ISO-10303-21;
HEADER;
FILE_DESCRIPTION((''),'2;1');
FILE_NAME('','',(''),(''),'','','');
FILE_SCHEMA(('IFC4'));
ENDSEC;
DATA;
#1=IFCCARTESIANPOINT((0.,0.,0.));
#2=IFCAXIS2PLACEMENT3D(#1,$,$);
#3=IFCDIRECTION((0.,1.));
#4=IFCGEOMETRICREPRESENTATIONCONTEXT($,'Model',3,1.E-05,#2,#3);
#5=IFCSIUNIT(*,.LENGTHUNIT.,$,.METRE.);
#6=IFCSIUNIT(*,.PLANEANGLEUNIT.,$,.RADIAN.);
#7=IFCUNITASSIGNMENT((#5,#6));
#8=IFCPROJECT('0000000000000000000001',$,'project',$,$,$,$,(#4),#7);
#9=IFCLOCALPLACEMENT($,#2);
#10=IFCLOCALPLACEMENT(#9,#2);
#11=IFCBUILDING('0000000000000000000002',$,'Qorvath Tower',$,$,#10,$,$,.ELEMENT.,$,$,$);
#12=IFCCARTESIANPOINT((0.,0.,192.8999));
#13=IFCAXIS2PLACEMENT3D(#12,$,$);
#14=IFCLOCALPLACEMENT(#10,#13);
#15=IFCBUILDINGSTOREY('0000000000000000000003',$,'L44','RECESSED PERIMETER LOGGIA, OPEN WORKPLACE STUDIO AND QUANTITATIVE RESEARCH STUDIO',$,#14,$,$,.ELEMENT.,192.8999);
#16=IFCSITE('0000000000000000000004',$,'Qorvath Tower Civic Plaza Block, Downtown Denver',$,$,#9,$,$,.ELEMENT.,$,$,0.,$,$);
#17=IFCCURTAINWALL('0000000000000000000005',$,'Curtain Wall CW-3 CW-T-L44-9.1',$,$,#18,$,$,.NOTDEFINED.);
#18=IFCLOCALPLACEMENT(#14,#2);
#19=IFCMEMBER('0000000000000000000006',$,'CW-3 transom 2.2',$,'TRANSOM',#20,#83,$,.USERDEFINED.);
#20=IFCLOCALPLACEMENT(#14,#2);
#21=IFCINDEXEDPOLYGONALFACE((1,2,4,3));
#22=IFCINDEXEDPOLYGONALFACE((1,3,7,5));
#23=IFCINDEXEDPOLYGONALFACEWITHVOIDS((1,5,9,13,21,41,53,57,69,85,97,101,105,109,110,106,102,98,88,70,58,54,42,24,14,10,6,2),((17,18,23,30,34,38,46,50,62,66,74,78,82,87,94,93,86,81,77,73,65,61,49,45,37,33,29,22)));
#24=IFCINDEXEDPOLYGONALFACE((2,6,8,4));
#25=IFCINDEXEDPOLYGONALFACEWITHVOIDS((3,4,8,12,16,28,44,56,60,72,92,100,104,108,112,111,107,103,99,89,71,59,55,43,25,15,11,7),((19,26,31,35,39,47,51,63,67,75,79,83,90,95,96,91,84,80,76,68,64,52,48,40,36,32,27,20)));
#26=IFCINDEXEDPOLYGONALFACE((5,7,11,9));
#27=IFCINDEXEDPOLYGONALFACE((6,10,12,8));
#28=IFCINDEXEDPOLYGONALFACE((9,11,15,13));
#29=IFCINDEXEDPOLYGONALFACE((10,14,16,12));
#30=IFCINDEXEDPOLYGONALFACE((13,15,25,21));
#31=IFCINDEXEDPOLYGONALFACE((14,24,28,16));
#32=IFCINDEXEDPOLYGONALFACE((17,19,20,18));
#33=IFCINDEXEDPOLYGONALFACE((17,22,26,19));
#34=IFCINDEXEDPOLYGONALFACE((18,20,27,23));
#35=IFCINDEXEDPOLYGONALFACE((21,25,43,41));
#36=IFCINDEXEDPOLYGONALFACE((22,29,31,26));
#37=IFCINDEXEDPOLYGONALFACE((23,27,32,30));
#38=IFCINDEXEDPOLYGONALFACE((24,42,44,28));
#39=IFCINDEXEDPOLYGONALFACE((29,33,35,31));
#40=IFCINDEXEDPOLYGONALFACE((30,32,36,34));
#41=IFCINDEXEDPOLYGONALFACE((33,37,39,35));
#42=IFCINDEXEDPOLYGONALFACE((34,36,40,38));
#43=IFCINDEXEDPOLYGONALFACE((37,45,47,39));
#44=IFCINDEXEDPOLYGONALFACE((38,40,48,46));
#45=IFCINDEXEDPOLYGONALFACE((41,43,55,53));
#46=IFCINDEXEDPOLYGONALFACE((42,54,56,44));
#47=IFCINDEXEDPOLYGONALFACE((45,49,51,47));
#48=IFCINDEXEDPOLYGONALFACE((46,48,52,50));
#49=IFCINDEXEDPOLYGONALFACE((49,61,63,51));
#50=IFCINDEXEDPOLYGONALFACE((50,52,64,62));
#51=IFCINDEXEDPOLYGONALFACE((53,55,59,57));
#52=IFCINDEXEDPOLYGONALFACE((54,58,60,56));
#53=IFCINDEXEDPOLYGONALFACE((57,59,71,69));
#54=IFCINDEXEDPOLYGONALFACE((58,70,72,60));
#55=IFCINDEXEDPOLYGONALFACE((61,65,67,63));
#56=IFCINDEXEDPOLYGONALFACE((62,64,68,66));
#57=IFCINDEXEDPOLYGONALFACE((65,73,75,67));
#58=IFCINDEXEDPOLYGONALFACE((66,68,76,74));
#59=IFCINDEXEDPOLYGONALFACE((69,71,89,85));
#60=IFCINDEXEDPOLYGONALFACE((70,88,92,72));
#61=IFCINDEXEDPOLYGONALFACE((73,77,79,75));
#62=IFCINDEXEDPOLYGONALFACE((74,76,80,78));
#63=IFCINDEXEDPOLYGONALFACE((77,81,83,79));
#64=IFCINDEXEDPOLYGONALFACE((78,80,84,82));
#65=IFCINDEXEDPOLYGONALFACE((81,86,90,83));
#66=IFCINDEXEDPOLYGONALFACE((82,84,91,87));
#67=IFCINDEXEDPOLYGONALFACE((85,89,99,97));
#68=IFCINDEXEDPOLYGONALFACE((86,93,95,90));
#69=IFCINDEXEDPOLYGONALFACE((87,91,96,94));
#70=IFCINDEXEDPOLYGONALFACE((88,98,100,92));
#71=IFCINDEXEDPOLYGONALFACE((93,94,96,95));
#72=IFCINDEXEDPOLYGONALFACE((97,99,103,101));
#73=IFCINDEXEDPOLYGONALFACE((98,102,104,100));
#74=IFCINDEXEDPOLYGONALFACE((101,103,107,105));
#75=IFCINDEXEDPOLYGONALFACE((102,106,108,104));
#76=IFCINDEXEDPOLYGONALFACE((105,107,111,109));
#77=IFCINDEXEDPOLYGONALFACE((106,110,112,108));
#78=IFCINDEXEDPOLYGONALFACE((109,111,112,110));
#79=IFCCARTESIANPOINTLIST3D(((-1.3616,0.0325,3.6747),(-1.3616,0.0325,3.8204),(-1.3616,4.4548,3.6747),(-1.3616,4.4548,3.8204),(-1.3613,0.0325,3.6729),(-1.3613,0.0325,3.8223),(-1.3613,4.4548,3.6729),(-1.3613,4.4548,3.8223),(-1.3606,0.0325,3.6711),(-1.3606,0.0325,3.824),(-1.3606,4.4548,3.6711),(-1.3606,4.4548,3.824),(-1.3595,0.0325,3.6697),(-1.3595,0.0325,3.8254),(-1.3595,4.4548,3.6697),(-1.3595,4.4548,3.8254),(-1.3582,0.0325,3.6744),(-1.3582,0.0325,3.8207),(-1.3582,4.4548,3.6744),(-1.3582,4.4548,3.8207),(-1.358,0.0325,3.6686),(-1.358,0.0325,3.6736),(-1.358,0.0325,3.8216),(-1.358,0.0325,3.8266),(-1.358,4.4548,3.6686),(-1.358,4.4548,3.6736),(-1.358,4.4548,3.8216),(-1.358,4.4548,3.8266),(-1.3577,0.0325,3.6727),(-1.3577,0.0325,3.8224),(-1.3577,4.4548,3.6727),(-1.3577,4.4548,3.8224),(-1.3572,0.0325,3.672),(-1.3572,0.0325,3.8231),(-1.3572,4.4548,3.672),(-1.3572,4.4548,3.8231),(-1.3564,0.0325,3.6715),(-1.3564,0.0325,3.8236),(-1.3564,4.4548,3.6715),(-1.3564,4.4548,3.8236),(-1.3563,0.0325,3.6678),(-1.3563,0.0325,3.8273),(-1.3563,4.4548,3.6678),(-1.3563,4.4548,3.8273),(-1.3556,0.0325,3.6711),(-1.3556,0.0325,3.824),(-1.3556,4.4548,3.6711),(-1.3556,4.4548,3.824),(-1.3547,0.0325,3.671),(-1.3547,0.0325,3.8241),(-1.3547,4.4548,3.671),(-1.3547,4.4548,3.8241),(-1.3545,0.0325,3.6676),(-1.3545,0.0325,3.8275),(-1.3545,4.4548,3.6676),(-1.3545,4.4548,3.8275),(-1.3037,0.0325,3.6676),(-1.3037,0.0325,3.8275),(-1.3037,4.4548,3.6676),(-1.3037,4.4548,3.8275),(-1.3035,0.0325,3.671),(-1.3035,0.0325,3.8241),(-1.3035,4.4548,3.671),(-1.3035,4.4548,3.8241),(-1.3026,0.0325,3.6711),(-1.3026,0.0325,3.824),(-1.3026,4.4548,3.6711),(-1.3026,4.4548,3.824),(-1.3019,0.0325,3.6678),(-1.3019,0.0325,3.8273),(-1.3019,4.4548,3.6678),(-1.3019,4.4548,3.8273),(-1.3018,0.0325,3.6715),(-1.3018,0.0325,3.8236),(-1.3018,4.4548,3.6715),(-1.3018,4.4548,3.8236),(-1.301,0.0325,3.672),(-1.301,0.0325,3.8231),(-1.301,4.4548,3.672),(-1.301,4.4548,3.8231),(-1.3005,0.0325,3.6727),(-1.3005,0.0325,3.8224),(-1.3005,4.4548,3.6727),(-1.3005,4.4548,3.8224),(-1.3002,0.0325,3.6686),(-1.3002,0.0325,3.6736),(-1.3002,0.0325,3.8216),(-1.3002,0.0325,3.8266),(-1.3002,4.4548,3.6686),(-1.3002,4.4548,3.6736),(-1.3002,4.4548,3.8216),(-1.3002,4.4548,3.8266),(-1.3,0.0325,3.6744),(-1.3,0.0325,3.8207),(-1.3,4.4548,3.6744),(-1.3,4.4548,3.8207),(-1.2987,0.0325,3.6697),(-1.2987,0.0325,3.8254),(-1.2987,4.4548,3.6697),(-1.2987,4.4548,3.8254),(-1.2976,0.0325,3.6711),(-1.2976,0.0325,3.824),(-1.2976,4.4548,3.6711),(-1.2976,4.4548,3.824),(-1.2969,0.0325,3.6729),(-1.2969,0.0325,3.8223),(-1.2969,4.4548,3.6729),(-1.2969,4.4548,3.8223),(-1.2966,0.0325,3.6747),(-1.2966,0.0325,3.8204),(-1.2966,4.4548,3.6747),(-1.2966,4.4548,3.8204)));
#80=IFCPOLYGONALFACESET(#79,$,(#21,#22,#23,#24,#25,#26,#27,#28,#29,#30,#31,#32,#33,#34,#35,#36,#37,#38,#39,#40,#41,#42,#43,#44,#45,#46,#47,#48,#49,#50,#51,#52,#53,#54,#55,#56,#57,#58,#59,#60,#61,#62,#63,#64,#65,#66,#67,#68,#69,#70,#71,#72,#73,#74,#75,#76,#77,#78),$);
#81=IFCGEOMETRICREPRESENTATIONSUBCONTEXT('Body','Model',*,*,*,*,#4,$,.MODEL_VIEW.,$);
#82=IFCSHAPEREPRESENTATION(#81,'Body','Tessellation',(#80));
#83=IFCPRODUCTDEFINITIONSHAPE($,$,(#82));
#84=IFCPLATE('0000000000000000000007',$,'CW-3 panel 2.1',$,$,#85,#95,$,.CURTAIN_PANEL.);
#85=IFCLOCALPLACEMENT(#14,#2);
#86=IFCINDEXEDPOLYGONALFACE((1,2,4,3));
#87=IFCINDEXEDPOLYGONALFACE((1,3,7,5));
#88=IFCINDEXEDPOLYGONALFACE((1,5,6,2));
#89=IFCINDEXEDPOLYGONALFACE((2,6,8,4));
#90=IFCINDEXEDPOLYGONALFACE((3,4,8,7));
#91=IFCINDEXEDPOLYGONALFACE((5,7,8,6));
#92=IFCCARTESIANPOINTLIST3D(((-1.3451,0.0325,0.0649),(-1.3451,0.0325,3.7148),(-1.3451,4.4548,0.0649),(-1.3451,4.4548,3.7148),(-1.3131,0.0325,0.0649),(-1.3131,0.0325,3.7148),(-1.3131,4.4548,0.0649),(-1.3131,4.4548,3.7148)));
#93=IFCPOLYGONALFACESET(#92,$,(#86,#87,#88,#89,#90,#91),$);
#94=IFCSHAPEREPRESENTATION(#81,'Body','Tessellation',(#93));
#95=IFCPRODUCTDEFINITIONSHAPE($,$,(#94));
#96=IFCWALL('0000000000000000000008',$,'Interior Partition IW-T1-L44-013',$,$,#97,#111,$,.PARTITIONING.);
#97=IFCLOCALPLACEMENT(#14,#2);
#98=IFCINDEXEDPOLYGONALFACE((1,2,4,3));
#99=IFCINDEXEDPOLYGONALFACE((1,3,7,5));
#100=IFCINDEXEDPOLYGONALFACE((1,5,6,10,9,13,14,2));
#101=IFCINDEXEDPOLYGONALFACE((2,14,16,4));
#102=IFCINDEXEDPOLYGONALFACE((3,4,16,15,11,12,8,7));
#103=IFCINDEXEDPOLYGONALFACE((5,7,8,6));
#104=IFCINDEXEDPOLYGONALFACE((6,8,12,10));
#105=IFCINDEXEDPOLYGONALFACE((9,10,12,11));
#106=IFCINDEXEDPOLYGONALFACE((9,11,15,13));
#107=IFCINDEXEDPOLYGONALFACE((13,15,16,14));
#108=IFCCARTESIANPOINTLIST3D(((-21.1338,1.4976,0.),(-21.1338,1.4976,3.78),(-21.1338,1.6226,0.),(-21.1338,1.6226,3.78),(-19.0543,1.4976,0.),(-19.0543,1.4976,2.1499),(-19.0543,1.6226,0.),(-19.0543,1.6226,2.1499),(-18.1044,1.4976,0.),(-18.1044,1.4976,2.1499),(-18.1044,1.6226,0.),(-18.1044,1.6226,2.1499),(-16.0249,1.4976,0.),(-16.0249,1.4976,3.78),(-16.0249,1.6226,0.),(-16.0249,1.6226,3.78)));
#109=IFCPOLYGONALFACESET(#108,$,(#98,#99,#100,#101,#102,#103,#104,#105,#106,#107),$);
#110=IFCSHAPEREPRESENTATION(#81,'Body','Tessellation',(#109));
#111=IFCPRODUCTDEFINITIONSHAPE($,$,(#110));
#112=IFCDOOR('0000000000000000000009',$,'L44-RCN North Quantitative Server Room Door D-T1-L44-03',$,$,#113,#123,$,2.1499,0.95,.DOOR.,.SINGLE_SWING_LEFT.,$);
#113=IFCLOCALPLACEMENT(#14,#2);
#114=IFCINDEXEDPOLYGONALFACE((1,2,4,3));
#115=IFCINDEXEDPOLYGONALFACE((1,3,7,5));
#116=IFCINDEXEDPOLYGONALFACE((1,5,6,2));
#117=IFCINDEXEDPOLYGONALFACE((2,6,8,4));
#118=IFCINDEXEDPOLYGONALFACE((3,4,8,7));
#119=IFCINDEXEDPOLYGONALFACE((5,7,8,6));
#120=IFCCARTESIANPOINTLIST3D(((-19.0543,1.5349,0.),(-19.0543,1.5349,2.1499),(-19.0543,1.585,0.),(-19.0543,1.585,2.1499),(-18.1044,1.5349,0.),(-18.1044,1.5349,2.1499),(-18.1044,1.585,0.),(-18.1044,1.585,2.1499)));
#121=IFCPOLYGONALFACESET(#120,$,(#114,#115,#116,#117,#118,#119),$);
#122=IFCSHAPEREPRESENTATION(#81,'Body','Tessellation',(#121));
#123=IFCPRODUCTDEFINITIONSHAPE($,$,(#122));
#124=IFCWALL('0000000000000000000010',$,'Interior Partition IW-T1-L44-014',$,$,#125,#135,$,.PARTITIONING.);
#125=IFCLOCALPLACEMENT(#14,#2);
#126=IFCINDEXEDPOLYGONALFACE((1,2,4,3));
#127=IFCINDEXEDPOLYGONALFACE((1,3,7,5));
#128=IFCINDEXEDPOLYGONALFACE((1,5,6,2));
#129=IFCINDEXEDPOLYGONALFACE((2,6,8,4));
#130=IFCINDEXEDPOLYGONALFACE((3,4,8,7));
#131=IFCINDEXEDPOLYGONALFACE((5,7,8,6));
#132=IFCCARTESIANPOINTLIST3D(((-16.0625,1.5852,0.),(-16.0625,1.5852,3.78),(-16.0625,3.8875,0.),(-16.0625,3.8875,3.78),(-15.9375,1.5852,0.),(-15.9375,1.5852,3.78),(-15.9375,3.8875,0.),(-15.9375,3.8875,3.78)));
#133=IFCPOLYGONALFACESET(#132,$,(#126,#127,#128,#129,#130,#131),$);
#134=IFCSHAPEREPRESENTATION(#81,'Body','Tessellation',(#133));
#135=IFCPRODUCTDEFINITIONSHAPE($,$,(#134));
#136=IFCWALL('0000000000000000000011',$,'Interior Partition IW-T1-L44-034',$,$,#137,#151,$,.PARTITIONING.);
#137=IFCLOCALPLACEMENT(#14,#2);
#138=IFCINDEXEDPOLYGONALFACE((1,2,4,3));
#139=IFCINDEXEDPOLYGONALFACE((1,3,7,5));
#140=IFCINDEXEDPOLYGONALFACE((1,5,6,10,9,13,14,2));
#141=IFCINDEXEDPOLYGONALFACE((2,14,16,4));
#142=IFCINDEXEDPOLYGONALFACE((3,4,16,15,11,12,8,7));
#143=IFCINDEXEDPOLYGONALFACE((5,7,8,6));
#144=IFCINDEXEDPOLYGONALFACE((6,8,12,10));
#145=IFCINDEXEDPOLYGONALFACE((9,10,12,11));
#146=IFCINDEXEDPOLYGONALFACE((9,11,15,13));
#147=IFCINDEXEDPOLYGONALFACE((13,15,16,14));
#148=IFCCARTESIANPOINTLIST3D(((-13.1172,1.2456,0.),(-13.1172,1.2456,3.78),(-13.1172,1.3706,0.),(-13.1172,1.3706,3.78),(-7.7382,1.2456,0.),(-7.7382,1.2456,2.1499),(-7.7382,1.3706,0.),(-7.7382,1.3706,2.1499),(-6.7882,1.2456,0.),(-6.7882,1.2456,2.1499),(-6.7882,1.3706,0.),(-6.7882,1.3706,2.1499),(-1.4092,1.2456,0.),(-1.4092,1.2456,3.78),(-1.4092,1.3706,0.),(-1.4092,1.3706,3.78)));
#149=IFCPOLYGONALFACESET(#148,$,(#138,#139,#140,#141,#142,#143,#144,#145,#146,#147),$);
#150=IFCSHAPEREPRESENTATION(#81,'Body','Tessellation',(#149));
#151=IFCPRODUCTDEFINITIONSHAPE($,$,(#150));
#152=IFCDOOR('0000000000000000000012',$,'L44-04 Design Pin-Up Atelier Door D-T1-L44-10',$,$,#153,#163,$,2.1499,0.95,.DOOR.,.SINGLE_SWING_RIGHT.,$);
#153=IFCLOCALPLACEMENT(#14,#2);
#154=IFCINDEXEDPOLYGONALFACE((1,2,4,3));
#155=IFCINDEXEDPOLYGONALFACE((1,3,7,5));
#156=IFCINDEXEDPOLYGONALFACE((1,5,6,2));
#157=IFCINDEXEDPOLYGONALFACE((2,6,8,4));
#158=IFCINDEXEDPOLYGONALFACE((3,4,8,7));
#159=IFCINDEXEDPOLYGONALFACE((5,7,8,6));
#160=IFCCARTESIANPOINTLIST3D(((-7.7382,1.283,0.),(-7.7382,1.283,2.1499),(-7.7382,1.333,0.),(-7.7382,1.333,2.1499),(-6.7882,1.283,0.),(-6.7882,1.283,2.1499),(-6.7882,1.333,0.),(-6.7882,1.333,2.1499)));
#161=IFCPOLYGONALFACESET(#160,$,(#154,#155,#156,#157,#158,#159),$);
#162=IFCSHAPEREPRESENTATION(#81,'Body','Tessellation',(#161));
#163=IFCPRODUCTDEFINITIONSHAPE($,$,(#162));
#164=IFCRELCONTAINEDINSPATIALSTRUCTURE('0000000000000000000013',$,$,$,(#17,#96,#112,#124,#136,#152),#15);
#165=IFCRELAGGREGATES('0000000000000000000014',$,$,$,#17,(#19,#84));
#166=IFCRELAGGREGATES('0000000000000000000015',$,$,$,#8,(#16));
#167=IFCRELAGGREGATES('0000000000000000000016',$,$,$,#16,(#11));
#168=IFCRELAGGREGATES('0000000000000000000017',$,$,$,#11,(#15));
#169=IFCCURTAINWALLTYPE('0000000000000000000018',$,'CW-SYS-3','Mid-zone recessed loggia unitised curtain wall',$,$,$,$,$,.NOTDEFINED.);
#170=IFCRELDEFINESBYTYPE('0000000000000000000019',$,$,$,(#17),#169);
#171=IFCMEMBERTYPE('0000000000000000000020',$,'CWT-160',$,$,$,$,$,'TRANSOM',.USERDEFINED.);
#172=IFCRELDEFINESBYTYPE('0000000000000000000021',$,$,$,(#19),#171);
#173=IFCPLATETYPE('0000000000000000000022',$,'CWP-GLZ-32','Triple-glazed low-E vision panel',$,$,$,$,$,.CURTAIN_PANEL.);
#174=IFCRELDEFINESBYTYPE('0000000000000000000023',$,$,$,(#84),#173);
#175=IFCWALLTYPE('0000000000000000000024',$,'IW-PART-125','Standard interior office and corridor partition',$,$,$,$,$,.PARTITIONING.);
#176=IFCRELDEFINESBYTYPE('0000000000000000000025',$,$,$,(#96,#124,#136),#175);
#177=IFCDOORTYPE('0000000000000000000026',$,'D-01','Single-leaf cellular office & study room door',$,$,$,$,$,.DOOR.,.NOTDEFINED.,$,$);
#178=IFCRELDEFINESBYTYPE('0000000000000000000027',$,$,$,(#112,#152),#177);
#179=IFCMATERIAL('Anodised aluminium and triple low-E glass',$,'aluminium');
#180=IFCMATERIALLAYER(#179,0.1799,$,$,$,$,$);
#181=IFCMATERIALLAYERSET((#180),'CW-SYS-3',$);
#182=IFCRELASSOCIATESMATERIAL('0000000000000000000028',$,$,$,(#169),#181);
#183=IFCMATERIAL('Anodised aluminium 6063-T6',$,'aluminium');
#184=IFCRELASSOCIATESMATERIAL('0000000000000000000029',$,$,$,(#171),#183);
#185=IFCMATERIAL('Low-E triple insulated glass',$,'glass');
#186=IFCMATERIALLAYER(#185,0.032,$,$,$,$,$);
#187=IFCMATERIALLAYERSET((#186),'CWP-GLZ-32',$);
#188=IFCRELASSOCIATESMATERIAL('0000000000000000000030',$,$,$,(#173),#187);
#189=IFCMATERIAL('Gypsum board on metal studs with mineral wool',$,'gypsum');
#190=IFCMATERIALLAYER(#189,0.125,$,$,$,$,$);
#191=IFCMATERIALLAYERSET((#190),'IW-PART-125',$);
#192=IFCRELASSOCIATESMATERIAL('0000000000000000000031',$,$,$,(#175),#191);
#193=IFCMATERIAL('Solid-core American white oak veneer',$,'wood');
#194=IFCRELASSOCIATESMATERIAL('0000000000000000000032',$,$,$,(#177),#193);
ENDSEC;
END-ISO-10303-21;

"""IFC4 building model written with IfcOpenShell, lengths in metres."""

from ifc_helpers import new_model, si_unit, direction, frame, frame_2d, origin, origin_2d, place, context, subcontext, project, spatial, rectangle, hollow_rectangle, extrude, material, layer, layer_set, material_profile, profile_set, type_object, element, fill, aggregate, save


model = new_model("IFC4")

# Units and contexts
model_context = context("Model", 3, precision=1e-05, world=origin(), true_north=direction((0.0, 1.0)))
body_context = subcontext(model_context, "Body", "Model", "MODEL_VIEW")
ifc_project = project(units=[si_unit("LENGTHUNIT", "METRE"), si_unit("PLANEANGLEUNIT", "RADIAN")], contexts=[model_context])

# Site, building, storey
site_placement = place(None, origin())
site = spatial("IfcSite", under=ifc_project, at=site_placement, Name="Qorvath Tower Civic Plaza Block, Downtown Denver", CompositionType="ELEMENT", RefElevation=0.0)
building_placement = place(site_placement, origin())
building = spatial("IfcBuilding", under=site, at=building_placement, Name="Qorvath Tower", CompositionType="ELEMENT")
storey_placement = place(building_placement, frame((0.0, 0.0, 192.8999)))
storey = spatial("IfcBuildingStorey", under=building, at=storey_placement, Name="L44", Description="RECESSED PERIMETER LOGGIA, OPEN WORKPLACE STUDIO AND QUANTITATIVE RESEARCH STUDIO", CompositionType="ELEMENT", Elevation=192.8999)

# Curtain wall, member, plate
ifc_material_1 = material(Name="Anodised aluminium and triple low-E glass", Category="aluminium")
ifc_layer_1 = layer(ifc_material_1, 0.1799)
ifc_layer_set_1 = layer_set([ifc_layer_1], Name="CW-SYS-3")
curtain_wall_type = type_object("IfcCurtainWallType", Name="CW-SYS-3", Description="Mid-zone recessed loggia unitised curtain wall", PredefinedType="NOTDEFINED", material=ifc_layer_set_1)
curtain_wall_placement = place(storey_placement, origin())
curtain_wall = element("IfcCurtainWall", 1, at=curtain_wall_placement, inside=storey, type_object=curtain_wall_type, Name="Curtain Wall CW-3 CW-T-L44-9.1", PredefinedType="NOTDEFINED")
ifc_material_2 = material(Name="Anodised aluminium 6063-T6", Category="aluminium")
ifc_material_profile_1 = material_profile(ifc_material_2, hollow_rectangle(XDim=0.0649, YDim=0.1599, WallThickness=0.0034, InnerFilletRadius=0.0034, OuterFilletRadius=0.0071, at=origin_2d()), Name="CWT 160x65")
ifc_profile_set_1 = profile_set([ifc_material_profile_1], Name="Anodised aluminium 6063-T6")
member_type_1 = type_object("IfcMemberType", Name="CWT-160", ElementType="TRANSOM", PredefinedType="USERDEFINED", material=ifc_profile_set_1)
member_1_placement = place(storey_placement, frame((-1.3291, 0.0325, 3.7476), z_axis=(0.0, 1.0, 0.0), x_axis=(-1.0, 0.0, 0.0)))
member_1 = element("IfcMember", 2, at=member_1_placement, type_object=member_type_1, Name="CW-3 transom 2.2", ObjectType="TRANSOM", PredefinedType="USERDEFINED", context=body_context, shape_type="SweptSolid", body=[
    extrude(hollow_rectangle(XDim=0.0649, YDim=0.1599, WallThickness=0.0034, InnerFilletRadius=0.0034, OuterFilletRadius=0.0071, at=origin_2d()), origin(), (0.0, 0.0, 1.0), 4.4224),
])
ifc_material_3 = material(Name="Low-E triple insulated glass", Category="glass")
ifc_layer_2 = layer(ifc_material_3, 0.032)
ifc_layer_set_2 = layer_set([ifc_layer_2], Name="CWP-GLZ-32")
plate_type = type_object("IfcPlateType", Name="CWP-GLZ-32", Description="Triple-glazed low-E vision panel", PredefinedType="CURTAIN_PANEL", material=ifc_layer_set_2)
plate_placement = place(storey_placement, frame((-1.3291, 2.2437, 0.0649), z_axis=(0.0, 0.0, 1.0), x_axis=(0.0, 1.0, 0.0)))
plate = element("IfcPlate", 3, at=plate_placement, type_object=plate_type, Name="CW-3 panel 2.1", PredefinedType="CURTAIN_PANEL", context=body_context, shape_type="SweptSolid", body=[
    extrude(rectangle(XDim=4.4224, YDim=0.032, at=origin_2d()), origin(), (0.0, 0.0, 1.0), 3.6499),
])
aggregate(curtain_wall, [member_1, plate])

# Wall, opening, door
ifc_material_4 = material(Name="Gypsum board on metal studs with mineral wool", Category="gypsum")
ifc_layer_3 = layer(ifc_material_4, 0.125)
ifc_layer_set_3 = layer_set([ifc_layer_3], Name="IW-PART-125")
wall_type_1 = type_object("IfcWallType", Name="IW-PART-125", Description="Standard interior office and corridor partition", PredefinedType="PARTITIONING", material=ifc_layer_set_3)
wall_1_placement = place(storey_placement, frame((-21.1338, 1.5601, 0.0), z_axis=(0.0, 0.0, 1.0), x_axis=(1.0, 0.0, 0.0)))
wall_1 = element("IfcWall", 4, at=wall_1_placement, inside=storey, type_object=wall_type_1, Name="Interior Partition IW-T1-L44-013", PredefinedType="PARTITIONING", context=body_context, shape_type="SweptSolid", body=[
    extrude(rectangle(XDim=5.1089, YDim=0.125, at=frame_2d((2.5544, 0.0))), origin(), (0.0, 0.0, 1.0), 3.78),
])
opening_1_placement = place(wall_1_placement, frame((2.0793, 0.0, 0.0)))
opening_1 = element("IfcOpeningElement", 5, at=opening_1_placement, cuts=wall_1, PredefinedType="OPENING", context=body_context, shape_type="SweptSolid", body=[
    extrude(rectangle(XDim=0.95, YDim=2.1499, at=frame_2d((0.4751, 1.075))), frame((0.0, 0.0725, 0.0), z_axis=(0.0, -1.0, 0.0), x_axis=(1.0, 0.0, 0.0)), (0.0, 0.0, 1.0), 0.145),
])
ifc_material_5 = material(Name="Solid-core American white oak veneer", Category="wood")
door_type_1 = type_object("IfcDoorType", Name="D-01", Description="Single-leaf cellular office & study room door", OperationType="NOTDEFINED", PredefinedType="DOOR", material=ifc_material_5)
door_1_placement = place(opening_1_placement, origin())
door_1 = element("IfcDoor", 6, at=door_1_placement, inside=storey, type_object=door_type_1, Name="L44-RCN North Quantitative Server Room Door D-T1-L44-03", OperationType="SINGLE_SWING_LEFT", OverallHeight=2.1499, OverallWidth=0.95, PredefinedType="DOOR", context=body_context, shape_type="SweptSolid", body=[
    extrude(rectangle(XDim=0.95, YDim=2.1499, at=frame_2d((0.4751, 1.075))), frame((0.0, 0.0249, 0.0), z_axis=(0.0, -1.0, 0.0), x_axis=(1.0, 0.0, 0.0)), (0.0, 0.0, 1.0), 0.05),
])
fill(opening_1, door_1)

# Wall
wall_2_placement = place(storey_placement, frame((-16.0, 1.5852, 0.0), z_axis=(0.0, 0.0, 1.0), x_axis=(0.0, 1.0, 0.0)))
element("IfcWall", 7, at=wall_2_placement, inside=storey, type_object=wall_type_1, Name="Interior Partition IW-T1-L44-014", PredefinedType="PARTITIONING", context=body_context, shape_type="SweptSolid", body=[
    extrude(rectangle(XDim=2.3022, YDim=0.125, at=frame_2d((1.1511, 0.0))), origin(), (0.0, 0.0, 1.0), 3.78),
])

# Wall, opening, door
wall_3_placement = place(storey_placement, frame((-13.1172, 1.3081, 0.0), z_axis=(0.0, 0.0, 1.0), x_axis=(1.0, 0.0, 0.0)))
wall_3 = element("IfcWall", 8, at=wall_3_placement, inside=storey, type_object=wall_type_1, Name="Interior Partition IW-T1-L44-034", PredefinedType="PARTITIONING", context=body_context, shape_type="SweptSolid", body=[
    extrude(rectangle(XDim=11.708, YDim=0.125, at=frame_2d((5.854, 0.0))), origin(), (0.0, 0.0, 1.0), 3.78),
])
opening_2_placement = place(wall_3_placement, frame((5.3789, 0.0, 0.0)))
opening_2 = element("IfcOpeningElement", 9, at=opening_2_placement, cuts=wall_3, PredefinedType="OPENING", context=body_context, shape_type="SweptSolid", body=[
    extrude(rectangle(XDim=0.95, YDim=2.1499, at=frame_2d((0.4751, 1.075))), frame((0.0, 0.0725, 0.0), z_axis=(0.0, -1.0, 0.0), x_axis=(1.0, 0.0, 0.0)), (0.0, 0.0, 1.0), 0.145),
])
door_2_placement = place(opening_2_placement, origin())
door_2 = element("IfcDoor", 10, at=door_2_placement, inside=storey, type_object=door_type_1, Name="L44-04 Design Pin-Up Atelier Door D-T1-L44-10", OperationType="SINGLE_SWING_RIGHT", OverallHeight=2.1499, OverallWidth=0.95, PredefinedType="DOOR", context=body_context, shape_type="SweptSolid", body=[
    extrude(rectangle(XDim=0.95, YDim=2.1499, at=frame_2d((0.4751, 1.075))), frame((0.0, 0.0249, 0.0), z_axis=(0.0, -1.0, 0.0), x_axis=(1.0, 0.0, 0.0)), (0.0, 0.0, 1.0), 0.05),
])
fill(opening_2, door_2)

save(model, "model.ifc")
